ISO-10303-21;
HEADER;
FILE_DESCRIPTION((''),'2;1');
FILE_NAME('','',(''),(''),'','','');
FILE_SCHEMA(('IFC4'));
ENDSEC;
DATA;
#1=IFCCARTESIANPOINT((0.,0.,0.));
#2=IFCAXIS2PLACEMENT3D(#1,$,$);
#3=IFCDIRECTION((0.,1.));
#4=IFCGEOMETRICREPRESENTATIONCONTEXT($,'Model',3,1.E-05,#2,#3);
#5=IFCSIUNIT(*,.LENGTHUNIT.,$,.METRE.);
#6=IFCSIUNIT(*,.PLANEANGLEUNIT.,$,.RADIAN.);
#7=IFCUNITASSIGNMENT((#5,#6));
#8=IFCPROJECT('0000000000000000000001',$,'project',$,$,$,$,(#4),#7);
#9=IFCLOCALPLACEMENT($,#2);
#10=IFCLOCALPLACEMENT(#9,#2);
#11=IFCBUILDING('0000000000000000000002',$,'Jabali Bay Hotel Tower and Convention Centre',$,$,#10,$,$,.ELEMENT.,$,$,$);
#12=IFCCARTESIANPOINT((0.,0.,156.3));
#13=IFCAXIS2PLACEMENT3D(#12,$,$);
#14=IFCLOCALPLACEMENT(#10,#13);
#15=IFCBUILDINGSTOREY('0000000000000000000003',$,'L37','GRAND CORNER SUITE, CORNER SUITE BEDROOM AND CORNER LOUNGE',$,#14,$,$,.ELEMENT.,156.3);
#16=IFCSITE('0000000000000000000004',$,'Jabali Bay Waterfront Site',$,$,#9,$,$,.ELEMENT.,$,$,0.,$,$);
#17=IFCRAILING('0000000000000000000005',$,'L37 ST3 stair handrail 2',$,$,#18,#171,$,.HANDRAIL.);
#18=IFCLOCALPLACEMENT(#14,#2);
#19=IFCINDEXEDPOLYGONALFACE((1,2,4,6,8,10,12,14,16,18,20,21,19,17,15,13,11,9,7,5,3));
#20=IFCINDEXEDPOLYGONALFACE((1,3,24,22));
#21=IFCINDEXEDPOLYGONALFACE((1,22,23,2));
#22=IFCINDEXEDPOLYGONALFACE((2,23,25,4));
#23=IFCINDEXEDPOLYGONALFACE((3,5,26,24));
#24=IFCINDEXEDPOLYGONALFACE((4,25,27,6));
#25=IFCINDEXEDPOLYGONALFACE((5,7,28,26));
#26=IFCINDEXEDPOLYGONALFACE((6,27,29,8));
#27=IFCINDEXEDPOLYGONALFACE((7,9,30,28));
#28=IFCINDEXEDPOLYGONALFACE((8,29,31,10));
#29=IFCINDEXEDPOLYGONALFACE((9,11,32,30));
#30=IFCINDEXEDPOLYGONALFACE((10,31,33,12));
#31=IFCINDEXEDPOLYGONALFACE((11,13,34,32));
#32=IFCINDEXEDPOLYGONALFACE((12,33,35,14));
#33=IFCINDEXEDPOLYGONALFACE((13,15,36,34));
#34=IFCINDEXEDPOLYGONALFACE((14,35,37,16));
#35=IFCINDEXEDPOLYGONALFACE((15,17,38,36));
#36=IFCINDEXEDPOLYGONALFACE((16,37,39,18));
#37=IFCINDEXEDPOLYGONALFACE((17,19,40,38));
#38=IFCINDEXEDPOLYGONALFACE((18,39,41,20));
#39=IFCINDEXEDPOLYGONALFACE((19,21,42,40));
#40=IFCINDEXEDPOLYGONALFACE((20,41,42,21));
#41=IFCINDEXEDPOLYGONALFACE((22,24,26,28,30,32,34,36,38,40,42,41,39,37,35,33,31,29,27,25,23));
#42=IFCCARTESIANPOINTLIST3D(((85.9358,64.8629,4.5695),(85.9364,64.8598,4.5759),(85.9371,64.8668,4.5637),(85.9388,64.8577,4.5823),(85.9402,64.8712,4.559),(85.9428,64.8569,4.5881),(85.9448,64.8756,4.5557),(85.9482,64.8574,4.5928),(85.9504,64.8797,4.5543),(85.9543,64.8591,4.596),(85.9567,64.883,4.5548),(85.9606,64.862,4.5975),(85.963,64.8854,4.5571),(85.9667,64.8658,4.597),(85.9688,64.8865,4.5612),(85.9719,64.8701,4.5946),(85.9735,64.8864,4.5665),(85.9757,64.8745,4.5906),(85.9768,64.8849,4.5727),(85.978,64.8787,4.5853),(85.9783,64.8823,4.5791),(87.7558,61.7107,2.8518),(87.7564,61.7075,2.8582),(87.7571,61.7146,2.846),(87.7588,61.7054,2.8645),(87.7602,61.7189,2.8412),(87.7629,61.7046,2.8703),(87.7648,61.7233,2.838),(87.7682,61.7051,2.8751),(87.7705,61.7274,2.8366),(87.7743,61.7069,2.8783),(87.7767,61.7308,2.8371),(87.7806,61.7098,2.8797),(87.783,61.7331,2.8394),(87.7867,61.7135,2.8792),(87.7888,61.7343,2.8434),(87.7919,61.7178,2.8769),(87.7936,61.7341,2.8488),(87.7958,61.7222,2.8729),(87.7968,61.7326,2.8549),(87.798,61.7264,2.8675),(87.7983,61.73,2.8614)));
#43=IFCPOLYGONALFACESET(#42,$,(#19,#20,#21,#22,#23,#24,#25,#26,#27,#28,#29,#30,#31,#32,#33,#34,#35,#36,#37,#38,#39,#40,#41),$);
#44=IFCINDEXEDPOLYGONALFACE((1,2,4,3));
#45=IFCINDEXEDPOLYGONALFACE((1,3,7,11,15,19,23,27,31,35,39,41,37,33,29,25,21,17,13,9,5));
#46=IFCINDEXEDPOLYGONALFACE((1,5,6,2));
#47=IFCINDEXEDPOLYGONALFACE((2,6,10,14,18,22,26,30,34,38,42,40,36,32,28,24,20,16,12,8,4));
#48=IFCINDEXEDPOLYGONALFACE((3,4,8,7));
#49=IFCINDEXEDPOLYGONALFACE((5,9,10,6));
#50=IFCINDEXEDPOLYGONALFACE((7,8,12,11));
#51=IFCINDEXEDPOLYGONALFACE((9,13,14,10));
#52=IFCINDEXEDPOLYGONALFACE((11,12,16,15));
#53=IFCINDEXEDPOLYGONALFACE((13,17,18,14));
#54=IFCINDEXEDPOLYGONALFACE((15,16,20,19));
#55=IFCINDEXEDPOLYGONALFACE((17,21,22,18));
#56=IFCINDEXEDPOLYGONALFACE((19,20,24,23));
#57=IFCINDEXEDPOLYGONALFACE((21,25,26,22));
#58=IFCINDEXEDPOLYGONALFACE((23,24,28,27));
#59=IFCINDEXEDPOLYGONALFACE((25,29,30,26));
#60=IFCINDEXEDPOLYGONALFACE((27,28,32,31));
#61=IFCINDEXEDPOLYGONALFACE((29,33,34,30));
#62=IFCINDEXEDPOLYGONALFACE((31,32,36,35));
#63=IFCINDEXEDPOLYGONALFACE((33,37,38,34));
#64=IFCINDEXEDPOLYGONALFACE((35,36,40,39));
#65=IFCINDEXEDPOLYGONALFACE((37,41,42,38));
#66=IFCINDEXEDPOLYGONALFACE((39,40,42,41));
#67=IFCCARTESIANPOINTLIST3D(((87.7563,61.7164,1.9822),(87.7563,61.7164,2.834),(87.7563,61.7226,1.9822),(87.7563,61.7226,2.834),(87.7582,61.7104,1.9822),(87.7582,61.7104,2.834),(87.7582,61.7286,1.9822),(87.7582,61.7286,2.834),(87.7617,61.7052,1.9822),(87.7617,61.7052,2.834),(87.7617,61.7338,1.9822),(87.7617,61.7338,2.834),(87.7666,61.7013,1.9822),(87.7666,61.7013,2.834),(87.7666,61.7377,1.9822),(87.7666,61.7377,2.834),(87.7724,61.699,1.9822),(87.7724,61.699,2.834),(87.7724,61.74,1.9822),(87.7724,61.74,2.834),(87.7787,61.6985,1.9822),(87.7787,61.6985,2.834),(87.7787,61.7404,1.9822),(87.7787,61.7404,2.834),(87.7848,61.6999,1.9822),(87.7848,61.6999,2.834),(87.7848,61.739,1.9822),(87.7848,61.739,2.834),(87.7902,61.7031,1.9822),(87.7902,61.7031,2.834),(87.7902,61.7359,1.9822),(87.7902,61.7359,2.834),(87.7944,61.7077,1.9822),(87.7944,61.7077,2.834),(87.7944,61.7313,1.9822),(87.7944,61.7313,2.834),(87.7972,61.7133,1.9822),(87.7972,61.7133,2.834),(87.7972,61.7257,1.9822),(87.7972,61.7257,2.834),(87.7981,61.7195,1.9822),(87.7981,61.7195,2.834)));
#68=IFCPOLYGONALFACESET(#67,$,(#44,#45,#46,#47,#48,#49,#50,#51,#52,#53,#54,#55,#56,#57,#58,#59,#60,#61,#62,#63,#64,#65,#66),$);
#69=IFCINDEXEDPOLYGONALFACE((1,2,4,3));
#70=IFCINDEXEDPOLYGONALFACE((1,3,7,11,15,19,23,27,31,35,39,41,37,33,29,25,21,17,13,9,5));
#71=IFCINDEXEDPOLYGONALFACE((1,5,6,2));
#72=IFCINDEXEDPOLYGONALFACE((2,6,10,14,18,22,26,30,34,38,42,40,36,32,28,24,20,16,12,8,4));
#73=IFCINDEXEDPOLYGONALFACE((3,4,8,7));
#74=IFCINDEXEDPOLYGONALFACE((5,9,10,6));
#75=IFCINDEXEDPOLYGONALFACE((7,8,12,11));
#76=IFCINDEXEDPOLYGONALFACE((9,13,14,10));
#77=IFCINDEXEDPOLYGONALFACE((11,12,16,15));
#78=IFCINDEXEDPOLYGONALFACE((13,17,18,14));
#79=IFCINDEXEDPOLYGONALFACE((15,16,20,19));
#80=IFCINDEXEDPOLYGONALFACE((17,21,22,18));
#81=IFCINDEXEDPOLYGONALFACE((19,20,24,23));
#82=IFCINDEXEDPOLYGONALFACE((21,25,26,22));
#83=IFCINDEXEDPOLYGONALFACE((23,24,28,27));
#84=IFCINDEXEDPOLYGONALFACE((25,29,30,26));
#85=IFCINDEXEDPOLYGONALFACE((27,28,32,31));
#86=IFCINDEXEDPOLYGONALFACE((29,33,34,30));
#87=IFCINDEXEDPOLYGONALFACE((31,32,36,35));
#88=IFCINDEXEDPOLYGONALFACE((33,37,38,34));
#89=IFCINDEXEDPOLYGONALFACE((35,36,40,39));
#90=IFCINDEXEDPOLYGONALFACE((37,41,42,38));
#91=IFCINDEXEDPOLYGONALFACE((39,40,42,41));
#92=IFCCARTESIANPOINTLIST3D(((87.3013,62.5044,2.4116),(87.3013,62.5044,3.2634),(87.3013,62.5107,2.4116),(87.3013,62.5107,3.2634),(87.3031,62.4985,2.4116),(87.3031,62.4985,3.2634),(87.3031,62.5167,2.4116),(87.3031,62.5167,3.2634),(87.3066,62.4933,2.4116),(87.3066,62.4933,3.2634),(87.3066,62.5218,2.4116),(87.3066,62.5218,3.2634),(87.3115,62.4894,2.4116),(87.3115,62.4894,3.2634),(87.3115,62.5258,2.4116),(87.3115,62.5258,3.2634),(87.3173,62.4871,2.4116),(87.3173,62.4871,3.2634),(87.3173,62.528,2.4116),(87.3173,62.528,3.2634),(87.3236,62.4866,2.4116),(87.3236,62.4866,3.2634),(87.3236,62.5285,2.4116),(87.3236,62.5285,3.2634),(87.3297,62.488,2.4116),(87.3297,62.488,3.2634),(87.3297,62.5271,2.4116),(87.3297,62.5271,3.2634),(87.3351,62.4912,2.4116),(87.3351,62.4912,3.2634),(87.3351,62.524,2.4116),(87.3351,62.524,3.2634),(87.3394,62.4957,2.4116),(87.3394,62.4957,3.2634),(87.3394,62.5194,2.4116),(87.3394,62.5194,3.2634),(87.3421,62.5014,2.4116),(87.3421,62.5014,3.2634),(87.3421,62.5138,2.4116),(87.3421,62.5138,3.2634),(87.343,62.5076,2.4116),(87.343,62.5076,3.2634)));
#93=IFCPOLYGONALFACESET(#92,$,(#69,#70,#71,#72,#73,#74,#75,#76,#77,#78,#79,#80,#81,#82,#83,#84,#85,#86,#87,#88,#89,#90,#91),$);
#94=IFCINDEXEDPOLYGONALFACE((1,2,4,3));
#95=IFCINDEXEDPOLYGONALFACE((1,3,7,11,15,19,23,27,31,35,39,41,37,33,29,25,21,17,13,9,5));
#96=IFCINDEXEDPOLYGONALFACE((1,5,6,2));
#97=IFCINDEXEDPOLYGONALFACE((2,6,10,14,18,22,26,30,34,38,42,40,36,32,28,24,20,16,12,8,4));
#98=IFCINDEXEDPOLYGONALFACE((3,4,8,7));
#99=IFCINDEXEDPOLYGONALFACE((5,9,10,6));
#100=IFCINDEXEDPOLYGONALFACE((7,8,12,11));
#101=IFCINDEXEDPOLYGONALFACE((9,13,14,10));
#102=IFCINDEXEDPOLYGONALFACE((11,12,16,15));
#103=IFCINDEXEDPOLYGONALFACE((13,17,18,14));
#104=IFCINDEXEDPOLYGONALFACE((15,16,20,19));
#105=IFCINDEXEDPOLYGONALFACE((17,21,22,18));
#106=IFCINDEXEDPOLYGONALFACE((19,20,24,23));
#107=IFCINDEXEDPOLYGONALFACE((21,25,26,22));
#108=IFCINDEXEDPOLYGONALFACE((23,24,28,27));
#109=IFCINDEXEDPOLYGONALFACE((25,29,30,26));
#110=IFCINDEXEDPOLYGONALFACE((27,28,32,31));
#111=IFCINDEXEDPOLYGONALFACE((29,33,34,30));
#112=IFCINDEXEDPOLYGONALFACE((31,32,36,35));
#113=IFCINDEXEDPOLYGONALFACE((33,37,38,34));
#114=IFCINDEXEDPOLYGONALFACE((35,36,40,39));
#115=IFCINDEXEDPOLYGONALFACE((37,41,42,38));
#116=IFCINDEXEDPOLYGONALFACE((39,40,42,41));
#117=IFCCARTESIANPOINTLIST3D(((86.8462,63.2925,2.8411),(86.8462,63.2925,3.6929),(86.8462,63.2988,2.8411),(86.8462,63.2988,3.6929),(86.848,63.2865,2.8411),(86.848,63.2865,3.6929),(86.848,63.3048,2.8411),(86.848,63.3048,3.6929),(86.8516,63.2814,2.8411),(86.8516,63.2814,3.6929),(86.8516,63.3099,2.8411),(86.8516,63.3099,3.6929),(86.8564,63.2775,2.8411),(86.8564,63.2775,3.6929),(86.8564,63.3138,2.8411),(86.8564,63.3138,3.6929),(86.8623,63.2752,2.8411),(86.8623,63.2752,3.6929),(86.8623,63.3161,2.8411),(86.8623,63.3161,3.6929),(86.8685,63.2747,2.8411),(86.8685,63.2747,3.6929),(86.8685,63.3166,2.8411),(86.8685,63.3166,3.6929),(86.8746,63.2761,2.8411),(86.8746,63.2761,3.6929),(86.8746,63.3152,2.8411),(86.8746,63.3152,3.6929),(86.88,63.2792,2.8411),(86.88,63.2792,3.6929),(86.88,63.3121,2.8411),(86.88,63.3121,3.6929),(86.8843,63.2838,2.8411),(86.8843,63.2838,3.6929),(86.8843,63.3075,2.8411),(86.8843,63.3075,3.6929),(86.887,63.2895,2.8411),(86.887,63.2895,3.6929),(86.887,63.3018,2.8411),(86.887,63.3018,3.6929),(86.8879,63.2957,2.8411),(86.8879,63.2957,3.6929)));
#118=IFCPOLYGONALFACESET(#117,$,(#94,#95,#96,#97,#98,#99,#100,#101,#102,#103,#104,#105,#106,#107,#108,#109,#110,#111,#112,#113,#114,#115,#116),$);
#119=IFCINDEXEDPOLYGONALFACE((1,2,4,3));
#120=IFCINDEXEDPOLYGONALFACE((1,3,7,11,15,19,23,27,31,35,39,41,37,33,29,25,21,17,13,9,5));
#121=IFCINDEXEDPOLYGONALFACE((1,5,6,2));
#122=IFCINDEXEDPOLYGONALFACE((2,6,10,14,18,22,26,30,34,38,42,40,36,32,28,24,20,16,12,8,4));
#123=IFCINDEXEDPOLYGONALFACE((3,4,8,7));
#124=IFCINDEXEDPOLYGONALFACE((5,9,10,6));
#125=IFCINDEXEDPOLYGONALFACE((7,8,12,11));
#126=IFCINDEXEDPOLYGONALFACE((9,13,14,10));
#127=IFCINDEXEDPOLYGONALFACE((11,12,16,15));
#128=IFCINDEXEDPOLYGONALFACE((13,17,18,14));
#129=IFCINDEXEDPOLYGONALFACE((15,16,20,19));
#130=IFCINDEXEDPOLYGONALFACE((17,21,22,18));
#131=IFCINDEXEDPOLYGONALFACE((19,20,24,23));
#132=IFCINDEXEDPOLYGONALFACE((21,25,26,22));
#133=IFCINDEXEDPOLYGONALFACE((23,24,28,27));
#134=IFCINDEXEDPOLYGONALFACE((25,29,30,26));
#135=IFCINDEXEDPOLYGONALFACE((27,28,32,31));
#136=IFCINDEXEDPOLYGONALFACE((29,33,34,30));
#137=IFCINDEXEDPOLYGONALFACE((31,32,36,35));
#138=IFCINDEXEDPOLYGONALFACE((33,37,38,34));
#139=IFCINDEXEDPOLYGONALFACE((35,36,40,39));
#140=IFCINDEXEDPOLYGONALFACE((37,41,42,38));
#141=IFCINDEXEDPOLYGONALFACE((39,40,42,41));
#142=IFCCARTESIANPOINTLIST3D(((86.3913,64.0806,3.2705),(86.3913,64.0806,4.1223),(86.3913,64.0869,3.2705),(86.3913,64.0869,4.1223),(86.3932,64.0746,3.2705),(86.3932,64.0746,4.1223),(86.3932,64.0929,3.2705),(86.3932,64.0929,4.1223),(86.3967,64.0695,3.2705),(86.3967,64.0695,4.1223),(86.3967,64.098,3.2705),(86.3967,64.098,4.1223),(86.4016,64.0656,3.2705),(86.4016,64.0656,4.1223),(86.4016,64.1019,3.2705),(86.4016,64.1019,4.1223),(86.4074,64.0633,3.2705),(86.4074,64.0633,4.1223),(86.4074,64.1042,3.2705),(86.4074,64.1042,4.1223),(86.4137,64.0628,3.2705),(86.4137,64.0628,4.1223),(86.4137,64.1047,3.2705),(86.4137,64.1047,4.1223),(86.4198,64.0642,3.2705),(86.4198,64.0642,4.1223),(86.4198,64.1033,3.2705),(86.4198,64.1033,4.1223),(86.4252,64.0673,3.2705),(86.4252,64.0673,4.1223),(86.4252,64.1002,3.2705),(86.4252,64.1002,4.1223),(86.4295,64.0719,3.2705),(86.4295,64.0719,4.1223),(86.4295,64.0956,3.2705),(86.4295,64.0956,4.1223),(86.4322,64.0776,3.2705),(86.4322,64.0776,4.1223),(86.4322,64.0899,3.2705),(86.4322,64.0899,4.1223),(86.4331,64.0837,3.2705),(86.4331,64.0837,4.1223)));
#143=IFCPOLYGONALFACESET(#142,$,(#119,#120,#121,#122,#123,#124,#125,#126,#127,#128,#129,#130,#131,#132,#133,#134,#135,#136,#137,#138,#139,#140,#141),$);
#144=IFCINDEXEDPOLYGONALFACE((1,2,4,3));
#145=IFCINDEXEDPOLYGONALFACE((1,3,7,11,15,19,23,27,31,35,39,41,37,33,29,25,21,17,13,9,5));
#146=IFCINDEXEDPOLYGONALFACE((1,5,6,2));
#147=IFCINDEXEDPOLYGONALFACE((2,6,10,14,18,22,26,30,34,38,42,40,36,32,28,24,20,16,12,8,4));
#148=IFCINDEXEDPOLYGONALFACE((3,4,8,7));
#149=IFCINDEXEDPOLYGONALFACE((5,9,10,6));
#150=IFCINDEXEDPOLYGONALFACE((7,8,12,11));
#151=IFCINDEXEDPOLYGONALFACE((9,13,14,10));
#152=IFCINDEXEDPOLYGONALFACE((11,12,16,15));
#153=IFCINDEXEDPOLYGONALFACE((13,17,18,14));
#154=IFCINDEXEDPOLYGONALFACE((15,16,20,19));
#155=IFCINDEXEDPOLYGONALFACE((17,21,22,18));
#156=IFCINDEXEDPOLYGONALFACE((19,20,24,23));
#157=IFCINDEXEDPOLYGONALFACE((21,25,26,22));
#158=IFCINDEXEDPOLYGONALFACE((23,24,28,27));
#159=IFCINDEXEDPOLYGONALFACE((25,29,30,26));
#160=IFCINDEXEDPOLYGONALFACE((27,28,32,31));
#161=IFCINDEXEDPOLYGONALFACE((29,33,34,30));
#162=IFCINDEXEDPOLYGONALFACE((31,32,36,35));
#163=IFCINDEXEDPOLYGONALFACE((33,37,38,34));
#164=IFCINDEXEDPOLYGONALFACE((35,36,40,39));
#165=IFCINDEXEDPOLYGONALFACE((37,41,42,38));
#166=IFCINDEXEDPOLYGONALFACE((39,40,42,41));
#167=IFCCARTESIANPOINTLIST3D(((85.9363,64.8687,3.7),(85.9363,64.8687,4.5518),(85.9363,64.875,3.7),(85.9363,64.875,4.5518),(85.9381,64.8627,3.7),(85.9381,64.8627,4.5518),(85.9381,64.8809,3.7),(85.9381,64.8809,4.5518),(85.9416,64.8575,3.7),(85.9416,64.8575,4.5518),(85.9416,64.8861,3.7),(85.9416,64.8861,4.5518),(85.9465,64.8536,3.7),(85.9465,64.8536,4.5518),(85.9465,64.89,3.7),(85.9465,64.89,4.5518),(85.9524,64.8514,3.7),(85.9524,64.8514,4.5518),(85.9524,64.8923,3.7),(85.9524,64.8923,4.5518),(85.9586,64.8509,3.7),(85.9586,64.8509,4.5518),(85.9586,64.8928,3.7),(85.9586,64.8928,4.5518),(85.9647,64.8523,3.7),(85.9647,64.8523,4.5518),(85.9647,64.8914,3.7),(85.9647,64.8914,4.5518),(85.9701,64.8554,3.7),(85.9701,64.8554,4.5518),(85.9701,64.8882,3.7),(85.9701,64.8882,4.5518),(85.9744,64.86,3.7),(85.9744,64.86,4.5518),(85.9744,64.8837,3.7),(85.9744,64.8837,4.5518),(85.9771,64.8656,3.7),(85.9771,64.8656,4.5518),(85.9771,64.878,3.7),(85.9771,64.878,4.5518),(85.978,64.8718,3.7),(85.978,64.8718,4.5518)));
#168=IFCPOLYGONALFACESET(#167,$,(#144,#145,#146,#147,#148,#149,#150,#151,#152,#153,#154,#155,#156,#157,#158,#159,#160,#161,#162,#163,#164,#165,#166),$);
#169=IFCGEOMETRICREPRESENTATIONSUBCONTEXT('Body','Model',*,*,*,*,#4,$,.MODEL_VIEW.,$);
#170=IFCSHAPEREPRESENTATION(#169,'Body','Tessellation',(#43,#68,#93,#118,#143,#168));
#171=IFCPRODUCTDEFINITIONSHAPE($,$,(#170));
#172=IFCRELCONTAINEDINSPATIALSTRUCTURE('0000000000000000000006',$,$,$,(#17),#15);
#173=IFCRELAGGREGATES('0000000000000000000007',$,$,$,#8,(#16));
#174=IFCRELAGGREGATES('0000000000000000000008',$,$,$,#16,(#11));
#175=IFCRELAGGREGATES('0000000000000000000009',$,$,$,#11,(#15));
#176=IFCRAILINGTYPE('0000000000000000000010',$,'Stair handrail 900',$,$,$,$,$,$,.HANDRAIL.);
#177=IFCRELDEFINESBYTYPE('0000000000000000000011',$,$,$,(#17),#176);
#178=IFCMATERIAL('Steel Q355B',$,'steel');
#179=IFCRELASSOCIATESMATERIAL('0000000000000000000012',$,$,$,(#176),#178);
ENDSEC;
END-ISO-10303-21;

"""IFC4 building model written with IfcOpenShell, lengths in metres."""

from ifc_helpers import new_model, si_unit, direction, frame, origin, origin_2d, place, context, subcontext, project, spatial, circle, extrude, material, type_object, element, save


model = new_model("IFC4")

# Units and contexts
model_context = context("Model", 3, precision=1e-05, world=origin(), true_north=direction((0.0, 1.0)))
body_context = subcontext(model_context, "Body", "Model", "MODEL_VIEW")
ifc_project = project(units=[si_unit("LENGTHUNIT", "METRE"), si_unit("PLANEANGLEUNIT", "RADIAN")], contexts=[model_context])

# Site, building, storey
site_placement = place(None, origin())
site = spatial("IfcSite", under=ifc_project, at=site_placement, Name="Jabali Bay Waterfront Site", CompositionType="ELEMENT", RefElevation=0.0)
building_placement = place(site_placement, origin())
building = spatial("IfcBuilding", under=site, at=building_placement, Name="Jabali Bay Hotel Tower and Convention Centre", CompositionType="ELEMENT")
storey_placement = place(building_placement, frame((0.0, 0.0, 156.3)))
storey = spatial("IfcBuildingStorey", under=building, at=storey_placement, Name="L37", Description="GRAND CORNER SUITE, CORNER SUITE BEDROOM AND CORNER LOUNGE", CompositionType="ELEMENT", Elevation=156.3)

# Railing
ifc_material_1 = material(Name="Steel Q355B", Category="steel")
railing_type_1 = type_object("IfcRailingType", Name="Stair handrail 900", PredefinedType="HANDRAIL", material=ifc_material_1)
railing_1_placement = place(storey_placement, frame((87.7771, 61.7195, 1.9822)))
element("IfcRailing", 1, at=railing_1_placement, inside=storey, type_object=railing_type_1, Name="L37 ST3 stair handrail 2", PredefinedType="HANDRAIL", context=body_context, shape_type="SweptSolid", body=[
    extrude(circle(Radius=0.0239, at=origin_2d()), frame((0.0, 0.0, 0.876), z_axis=(-0.45219, 0.78319, 0.426775), x_axis=(-0.866018, -0.500013, 0.0)), (0.0, 0.0, 1.0), 4.0249),
    extrude(circle(Radius=0.021, at=origin_2d()), origin(), (0.0, 0.0, 1.0), 0.8518),
    extrude(circle(Radius=0.021, at=origin_2d()), frame((-0.4551, 0.7881, 0.4294)), (0.0, 0.0, 1.0), 0.8518),
    extrude(circle(Radius=0.021, at=origin_2d()), frame((-0.9102, 1.5762, 0.8589)), (0.0, 0.0, 1.0), 0.8518),
    extrude(circle(Radius=0.021, at=origin_2d()), frame((-1.365, 2.3643, 1.2883)), (0.0, 0.0, 1.0), 0.8518),
    extrude(circle(Radius=0.021, at=origin_2d()), frame((-1.8201, 3.1523, 1.7178)), (0.0, 0.0, 1.0), 0.8518),
])

save(model, "model.ifc")
